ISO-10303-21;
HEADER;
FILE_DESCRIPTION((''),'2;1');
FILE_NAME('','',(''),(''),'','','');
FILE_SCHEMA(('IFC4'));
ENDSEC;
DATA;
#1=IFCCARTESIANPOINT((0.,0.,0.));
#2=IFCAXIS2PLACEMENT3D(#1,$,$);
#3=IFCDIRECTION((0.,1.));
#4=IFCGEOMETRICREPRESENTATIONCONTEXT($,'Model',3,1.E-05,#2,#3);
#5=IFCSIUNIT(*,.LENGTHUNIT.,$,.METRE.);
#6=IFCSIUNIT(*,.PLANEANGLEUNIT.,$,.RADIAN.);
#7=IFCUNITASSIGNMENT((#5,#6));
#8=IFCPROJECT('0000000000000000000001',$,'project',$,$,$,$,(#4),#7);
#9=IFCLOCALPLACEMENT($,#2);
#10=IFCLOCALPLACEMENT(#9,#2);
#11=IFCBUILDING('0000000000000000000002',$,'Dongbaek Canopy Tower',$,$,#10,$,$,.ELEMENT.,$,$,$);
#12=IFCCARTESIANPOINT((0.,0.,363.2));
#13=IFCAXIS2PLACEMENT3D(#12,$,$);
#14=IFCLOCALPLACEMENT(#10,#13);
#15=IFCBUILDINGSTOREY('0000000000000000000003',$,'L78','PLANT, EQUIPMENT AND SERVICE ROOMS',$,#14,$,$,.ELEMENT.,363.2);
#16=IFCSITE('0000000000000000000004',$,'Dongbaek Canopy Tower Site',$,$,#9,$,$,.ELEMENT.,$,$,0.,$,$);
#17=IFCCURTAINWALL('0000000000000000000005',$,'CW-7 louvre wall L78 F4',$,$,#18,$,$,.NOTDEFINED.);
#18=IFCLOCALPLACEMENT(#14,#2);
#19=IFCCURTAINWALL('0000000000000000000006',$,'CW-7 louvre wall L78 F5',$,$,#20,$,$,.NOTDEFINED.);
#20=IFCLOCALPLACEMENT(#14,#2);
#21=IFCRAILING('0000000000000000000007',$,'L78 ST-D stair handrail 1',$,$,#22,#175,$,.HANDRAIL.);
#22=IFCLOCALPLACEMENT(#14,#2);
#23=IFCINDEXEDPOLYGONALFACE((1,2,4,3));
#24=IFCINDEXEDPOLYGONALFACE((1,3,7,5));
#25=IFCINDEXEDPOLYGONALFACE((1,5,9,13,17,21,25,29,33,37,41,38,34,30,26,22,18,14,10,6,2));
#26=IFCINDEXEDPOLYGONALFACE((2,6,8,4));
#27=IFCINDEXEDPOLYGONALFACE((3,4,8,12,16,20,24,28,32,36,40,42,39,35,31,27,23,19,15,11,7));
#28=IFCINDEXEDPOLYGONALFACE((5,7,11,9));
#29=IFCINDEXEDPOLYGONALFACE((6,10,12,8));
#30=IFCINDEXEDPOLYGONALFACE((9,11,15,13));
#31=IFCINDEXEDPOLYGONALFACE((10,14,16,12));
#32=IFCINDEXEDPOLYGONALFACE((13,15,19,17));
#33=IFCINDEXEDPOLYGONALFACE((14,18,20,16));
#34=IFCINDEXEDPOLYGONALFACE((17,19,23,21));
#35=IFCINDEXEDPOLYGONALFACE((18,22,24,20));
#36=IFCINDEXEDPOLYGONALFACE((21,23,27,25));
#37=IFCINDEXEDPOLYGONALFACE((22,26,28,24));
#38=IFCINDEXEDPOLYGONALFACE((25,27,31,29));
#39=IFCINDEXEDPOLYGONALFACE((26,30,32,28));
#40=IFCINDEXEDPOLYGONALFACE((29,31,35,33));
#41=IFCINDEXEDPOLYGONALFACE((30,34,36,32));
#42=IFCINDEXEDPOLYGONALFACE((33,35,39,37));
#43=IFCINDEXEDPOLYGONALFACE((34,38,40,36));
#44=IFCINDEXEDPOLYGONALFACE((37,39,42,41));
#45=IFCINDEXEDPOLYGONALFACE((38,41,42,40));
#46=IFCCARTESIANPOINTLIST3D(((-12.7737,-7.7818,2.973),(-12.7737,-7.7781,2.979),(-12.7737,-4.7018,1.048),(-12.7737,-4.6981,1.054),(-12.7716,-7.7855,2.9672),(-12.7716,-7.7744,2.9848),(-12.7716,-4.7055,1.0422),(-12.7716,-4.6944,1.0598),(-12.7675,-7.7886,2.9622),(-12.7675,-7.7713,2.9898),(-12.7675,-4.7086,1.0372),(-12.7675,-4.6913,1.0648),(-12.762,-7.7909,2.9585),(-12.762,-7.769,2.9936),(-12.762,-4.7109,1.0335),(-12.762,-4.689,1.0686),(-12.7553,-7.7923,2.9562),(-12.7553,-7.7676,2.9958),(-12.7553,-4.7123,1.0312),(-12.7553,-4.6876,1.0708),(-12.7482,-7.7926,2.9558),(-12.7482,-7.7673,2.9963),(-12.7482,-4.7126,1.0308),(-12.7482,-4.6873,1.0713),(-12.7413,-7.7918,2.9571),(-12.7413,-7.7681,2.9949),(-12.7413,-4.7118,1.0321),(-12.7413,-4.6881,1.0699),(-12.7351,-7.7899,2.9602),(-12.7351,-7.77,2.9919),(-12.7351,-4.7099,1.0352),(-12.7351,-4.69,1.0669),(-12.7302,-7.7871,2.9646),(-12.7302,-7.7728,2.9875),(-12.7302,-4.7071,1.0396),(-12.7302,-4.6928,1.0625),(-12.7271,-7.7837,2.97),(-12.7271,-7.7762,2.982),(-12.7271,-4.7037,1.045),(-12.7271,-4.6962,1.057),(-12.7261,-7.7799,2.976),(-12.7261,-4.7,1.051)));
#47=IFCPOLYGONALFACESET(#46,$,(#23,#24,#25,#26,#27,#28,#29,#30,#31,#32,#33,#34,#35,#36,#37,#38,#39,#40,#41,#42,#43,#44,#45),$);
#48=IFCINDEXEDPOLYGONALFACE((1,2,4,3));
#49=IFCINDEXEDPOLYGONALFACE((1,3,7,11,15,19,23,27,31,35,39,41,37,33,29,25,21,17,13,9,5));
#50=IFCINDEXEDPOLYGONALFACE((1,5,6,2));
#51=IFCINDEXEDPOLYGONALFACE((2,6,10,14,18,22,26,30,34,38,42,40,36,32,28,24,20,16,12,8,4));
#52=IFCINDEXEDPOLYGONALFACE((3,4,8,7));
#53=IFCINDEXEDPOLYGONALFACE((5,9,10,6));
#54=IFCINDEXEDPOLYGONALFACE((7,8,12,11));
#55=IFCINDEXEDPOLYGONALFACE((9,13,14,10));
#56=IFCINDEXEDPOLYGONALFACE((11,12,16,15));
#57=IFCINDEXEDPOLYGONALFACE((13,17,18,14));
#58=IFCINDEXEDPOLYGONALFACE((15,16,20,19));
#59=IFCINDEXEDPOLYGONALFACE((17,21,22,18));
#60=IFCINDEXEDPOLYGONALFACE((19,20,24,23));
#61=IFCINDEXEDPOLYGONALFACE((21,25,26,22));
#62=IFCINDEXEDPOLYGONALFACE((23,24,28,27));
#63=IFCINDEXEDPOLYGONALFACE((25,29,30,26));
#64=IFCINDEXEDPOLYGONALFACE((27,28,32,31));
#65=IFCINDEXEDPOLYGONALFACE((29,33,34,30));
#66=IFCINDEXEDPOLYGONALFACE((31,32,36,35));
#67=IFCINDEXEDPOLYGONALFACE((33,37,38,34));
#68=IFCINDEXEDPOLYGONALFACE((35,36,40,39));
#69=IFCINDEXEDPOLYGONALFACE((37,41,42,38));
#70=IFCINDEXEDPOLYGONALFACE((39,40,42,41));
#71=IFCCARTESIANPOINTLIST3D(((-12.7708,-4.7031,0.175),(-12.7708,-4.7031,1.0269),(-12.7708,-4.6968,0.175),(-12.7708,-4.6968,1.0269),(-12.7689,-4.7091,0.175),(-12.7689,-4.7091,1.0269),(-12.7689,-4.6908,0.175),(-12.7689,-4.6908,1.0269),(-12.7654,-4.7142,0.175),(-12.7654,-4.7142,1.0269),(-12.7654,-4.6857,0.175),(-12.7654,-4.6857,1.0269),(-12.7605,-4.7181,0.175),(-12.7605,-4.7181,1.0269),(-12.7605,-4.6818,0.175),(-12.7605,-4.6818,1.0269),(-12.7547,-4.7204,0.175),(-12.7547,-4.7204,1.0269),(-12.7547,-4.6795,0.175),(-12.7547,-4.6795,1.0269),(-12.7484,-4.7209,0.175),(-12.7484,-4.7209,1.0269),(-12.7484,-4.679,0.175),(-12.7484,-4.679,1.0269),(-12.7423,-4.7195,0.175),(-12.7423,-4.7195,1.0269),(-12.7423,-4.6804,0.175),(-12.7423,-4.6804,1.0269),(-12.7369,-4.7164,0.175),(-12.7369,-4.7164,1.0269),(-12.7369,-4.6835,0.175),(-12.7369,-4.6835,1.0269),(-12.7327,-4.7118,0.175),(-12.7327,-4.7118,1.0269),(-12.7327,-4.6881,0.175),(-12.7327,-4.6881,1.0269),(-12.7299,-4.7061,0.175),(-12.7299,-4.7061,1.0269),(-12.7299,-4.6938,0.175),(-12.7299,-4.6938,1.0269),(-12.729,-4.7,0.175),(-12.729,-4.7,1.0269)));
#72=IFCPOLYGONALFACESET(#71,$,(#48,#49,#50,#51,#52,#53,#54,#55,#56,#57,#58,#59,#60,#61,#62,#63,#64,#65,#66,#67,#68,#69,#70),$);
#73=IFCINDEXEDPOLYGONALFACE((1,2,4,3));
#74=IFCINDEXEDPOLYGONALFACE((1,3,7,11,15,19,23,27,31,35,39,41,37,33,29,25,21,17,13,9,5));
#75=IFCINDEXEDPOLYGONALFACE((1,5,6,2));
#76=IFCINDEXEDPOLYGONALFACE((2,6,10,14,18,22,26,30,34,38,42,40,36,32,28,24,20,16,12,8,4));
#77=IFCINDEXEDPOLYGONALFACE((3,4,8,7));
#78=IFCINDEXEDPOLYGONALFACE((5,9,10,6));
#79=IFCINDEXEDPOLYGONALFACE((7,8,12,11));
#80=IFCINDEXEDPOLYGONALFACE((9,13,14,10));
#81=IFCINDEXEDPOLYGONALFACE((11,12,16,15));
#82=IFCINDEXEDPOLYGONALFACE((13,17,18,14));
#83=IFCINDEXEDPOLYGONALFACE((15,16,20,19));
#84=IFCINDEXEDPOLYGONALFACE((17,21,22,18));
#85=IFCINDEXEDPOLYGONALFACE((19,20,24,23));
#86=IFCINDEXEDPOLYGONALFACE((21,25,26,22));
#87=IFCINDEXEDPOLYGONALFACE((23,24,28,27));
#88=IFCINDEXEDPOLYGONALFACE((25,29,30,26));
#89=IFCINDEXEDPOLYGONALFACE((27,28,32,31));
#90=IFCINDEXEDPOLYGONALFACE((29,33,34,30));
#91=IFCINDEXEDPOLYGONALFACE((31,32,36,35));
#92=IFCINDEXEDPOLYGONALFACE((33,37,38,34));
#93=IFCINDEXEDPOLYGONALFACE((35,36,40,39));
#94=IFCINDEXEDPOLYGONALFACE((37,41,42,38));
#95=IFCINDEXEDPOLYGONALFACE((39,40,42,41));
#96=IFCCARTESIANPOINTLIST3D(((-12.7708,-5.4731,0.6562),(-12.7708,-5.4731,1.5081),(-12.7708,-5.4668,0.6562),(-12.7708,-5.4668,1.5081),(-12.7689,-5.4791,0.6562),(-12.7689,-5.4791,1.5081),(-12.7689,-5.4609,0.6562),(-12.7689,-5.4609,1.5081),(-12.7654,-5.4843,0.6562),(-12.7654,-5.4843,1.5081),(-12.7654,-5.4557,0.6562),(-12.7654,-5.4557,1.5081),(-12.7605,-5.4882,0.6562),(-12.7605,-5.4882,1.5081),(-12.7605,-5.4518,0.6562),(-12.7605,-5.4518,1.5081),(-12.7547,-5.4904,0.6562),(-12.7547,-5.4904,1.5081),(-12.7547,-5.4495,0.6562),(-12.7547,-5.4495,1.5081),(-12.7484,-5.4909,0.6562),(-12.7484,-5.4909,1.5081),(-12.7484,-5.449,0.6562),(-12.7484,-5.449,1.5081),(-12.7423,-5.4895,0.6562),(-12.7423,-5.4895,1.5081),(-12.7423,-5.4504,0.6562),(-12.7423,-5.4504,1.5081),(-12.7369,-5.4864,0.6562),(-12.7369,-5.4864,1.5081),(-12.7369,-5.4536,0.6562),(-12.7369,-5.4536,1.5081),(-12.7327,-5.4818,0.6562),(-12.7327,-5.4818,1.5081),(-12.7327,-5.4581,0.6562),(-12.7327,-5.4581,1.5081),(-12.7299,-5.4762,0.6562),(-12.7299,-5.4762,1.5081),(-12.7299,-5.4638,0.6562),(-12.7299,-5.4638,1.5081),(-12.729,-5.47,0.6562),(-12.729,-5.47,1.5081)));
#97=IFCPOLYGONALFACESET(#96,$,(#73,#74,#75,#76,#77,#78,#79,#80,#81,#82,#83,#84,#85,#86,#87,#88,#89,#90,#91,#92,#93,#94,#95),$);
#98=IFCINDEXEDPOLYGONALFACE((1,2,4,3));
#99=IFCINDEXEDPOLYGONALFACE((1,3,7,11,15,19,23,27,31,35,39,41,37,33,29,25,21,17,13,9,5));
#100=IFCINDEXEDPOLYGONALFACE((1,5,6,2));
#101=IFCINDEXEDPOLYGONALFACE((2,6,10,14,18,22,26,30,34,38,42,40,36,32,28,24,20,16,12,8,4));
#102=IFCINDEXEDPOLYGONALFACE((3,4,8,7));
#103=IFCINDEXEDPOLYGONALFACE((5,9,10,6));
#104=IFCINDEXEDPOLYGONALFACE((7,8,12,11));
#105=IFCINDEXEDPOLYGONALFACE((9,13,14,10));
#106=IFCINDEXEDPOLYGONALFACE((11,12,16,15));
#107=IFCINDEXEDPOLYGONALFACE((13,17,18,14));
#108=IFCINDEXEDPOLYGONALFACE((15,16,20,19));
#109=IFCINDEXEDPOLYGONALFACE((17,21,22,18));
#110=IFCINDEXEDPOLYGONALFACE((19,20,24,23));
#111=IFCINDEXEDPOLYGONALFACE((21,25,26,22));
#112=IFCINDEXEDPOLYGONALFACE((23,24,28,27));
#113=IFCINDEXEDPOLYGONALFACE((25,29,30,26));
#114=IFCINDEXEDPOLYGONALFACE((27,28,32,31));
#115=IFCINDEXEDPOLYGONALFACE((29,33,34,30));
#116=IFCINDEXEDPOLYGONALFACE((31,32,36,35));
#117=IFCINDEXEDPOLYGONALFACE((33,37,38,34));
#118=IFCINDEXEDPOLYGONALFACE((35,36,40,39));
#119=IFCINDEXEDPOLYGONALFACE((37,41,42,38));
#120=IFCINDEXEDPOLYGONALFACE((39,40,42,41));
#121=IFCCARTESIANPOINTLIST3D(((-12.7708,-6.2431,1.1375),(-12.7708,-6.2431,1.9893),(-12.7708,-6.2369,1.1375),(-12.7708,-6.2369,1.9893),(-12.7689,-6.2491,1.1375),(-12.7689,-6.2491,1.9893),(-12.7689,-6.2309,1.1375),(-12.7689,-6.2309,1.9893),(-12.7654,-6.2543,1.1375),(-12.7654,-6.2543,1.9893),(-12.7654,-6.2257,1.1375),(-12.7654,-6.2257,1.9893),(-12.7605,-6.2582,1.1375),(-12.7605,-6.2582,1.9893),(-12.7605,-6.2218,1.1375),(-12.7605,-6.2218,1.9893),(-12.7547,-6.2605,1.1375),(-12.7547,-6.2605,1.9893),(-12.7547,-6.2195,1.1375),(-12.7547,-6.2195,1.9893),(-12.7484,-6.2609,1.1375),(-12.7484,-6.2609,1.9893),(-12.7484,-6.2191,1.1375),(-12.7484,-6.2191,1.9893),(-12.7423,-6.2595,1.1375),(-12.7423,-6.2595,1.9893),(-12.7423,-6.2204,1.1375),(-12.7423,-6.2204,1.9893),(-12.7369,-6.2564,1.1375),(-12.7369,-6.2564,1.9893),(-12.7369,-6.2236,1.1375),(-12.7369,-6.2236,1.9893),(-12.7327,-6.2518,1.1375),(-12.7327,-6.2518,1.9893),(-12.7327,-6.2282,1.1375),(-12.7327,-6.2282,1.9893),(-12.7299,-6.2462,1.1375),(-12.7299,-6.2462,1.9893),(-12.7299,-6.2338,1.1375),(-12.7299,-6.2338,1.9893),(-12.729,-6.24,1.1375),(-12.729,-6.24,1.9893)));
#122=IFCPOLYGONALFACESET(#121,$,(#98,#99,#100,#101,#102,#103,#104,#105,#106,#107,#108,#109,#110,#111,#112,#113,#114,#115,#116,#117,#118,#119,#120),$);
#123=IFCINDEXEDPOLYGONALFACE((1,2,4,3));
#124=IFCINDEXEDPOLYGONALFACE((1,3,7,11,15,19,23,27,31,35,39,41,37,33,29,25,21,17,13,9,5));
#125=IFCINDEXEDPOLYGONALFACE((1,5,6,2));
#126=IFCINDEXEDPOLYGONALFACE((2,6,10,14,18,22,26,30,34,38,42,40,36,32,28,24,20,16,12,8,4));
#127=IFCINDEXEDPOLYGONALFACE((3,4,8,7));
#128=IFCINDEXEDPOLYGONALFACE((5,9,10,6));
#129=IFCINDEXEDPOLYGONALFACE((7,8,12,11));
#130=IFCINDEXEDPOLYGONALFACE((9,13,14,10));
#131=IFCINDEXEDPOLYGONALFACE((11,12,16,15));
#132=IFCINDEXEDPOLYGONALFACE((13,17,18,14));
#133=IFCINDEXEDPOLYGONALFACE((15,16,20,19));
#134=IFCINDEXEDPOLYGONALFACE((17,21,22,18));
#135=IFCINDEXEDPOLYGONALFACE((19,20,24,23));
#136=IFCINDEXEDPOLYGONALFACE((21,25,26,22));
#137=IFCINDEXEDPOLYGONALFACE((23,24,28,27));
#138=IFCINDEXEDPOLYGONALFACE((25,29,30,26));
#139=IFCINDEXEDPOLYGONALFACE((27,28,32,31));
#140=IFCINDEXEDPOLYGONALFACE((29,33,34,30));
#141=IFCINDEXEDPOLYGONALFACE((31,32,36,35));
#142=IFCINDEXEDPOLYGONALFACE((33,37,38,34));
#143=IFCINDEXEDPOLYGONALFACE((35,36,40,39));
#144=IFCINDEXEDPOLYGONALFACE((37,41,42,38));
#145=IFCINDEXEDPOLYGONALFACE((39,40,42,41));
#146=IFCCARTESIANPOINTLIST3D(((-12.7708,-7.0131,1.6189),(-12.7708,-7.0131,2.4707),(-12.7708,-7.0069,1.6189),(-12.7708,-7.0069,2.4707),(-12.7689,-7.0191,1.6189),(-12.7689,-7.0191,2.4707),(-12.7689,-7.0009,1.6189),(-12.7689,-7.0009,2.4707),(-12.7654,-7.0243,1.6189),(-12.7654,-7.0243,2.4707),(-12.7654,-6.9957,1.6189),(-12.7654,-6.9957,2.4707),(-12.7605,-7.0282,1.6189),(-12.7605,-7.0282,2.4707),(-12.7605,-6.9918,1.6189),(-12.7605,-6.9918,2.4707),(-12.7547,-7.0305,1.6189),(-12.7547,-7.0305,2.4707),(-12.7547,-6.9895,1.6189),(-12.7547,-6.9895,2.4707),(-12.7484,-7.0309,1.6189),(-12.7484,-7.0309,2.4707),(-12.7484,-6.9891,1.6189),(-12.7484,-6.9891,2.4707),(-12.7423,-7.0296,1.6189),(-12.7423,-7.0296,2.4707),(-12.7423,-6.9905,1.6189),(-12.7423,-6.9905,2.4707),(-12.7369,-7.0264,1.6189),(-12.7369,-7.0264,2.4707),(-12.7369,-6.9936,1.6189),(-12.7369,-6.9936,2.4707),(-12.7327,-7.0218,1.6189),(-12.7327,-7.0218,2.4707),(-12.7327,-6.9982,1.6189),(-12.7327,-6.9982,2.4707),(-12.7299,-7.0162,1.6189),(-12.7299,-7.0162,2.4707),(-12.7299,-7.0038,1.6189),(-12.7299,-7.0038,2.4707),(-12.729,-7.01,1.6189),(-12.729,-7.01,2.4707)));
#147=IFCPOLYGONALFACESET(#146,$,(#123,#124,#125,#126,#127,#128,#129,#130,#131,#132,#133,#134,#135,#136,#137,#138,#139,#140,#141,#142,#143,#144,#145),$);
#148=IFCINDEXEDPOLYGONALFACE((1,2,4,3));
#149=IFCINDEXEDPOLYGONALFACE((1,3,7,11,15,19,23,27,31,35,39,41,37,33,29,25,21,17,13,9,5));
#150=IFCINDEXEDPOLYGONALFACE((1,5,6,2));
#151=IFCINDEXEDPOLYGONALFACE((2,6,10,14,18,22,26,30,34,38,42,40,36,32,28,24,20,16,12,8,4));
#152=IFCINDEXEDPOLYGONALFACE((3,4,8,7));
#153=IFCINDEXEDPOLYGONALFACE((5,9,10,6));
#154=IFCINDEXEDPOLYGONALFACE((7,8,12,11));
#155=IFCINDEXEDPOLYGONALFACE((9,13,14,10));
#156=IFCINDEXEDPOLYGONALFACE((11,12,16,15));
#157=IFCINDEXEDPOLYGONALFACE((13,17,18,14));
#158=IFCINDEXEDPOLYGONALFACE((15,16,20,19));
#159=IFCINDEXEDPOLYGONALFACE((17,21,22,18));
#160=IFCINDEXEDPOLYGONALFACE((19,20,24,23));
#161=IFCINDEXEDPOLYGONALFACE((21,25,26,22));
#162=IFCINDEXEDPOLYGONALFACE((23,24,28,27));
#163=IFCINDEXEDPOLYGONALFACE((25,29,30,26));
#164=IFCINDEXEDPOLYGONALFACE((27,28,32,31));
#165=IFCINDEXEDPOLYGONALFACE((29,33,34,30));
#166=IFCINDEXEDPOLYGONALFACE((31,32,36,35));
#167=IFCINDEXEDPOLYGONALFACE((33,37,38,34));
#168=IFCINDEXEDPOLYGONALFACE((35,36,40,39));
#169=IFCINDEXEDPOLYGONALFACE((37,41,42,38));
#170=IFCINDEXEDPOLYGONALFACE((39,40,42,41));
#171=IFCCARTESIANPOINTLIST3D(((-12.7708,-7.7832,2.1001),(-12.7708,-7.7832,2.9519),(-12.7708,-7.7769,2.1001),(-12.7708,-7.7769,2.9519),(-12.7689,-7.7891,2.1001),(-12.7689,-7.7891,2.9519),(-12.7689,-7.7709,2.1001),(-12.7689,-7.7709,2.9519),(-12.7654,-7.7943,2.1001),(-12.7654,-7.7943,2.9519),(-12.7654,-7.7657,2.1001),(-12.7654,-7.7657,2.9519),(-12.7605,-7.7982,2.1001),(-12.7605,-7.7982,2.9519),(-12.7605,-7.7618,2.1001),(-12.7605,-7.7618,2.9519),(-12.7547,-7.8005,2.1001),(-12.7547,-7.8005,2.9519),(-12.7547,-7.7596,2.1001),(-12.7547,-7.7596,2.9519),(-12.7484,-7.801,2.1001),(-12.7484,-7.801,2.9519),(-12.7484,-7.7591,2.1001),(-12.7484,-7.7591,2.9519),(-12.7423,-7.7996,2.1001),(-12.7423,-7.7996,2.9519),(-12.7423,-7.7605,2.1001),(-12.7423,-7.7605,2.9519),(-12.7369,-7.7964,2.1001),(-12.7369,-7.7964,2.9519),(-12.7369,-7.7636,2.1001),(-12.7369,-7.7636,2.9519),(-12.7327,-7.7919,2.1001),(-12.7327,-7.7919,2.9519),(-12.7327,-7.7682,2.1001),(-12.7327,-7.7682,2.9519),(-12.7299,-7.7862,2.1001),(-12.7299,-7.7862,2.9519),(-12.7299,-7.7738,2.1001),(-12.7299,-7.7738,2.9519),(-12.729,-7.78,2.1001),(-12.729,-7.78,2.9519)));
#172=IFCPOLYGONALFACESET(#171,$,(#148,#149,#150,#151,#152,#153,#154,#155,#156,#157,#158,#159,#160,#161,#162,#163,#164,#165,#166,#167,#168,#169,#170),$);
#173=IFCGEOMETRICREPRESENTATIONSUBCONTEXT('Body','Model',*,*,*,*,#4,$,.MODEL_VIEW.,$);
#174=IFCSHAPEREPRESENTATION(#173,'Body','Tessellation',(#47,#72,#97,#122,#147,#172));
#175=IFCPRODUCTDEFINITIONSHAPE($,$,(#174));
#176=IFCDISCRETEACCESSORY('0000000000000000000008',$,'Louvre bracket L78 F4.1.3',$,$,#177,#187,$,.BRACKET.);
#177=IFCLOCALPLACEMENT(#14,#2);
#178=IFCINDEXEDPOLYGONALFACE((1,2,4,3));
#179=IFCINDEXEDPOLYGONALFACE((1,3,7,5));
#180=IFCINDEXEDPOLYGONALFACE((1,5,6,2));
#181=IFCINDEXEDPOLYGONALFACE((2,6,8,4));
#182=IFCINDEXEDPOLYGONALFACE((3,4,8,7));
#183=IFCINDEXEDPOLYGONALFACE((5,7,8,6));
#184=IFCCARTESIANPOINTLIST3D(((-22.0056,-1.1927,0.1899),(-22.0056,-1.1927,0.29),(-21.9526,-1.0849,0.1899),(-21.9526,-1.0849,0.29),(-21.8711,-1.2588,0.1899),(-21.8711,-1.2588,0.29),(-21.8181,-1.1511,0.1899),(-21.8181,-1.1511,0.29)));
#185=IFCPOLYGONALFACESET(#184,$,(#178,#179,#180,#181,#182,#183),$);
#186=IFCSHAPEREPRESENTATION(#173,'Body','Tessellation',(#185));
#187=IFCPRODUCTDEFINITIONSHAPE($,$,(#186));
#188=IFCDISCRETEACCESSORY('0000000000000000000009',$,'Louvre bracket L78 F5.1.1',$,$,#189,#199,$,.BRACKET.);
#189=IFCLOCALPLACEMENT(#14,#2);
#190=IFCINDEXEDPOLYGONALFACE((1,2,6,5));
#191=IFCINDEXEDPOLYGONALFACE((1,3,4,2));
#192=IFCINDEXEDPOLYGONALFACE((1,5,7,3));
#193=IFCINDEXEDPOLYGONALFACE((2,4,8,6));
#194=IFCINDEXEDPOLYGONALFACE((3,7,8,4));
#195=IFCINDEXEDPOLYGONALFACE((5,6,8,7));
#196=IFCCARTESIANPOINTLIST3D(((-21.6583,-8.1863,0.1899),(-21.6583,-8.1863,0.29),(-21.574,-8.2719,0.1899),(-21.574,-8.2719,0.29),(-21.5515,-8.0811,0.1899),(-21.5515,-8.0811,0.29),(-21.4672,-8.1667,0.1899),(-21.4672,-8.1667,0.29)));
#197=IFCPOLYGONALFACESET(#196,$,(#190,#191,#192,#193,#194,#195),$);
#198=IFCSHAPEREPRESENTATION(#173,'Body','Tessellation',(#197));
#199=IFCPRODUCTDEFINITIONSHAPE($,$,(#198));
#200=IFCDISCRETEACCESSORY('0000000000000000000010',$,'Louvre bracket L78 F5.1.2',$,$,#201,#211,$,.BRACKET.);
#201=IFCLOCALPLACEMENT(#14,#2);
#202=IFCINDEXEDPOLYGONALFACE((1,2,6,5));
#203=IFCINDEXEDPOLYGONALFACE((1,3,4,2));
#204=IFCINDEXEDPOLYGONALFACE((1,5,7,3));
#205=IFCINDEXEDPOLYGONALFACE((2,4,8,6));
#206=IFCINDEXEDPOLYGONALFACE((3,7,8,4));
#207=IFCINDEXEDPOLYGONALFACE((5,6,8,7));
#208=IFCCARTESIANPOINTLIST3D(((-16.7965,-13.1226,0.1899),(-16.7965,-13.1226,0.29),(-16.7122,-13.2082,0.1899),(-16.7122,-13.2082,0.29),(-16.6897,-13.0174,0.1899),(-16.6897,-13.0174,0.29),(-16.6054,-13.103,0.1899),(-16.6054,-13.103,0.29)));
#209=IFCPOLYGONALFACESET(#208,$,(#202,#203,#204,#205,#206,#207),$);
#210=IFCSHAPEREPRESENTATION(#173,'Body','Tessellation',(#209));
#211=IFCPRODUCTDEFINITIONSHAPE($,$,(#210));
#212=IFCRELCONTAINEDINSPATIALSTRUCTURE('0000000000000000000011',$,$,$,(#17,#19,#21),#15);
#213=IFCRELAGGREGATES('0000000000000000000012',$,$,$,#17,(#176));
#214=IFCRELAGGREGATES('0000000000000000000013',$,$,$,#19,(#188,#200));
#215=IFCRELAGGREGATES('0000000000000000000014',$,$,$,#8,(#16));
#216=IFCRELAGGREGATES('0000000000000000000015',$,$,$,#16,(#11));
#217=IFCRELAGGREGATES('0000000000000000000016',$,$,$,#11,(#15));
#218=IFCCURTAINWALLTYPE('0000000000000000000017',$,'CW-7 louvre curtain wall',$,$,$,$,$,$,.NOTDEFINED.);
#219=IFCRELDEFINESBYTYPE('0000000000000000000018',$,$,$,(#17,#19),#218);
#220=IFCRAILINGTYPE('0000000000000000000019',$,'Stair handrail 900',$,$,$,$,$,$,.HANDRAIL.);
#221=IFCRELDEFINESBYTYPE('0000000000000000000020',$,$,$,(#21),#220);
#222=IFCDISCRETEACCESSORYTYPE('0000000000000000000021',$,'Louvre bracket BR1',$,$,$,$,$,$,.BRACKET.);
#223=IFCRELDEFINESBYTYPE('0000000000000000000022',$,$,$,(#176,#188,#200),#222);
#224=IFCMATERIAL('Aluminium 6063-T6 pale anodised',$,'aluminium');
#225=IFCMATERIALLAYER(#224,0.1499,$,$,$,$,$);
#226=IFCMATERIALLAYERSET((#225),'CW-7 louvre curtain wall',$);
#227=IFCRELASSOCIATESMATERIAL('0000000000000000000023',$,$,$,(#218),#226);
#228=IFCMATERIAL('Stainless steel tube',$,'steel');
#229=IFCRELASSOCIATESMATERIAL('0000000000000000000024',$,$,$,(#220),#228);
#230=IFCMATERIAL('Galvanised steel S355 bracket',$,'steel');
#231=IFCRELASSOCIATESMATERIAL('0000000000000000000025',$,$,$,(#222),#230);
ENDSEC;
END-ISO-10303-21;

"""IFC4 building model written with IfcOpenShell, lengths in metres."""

from ifc_helpers import new_model, si_unit, direction, frame, origin, origin_2d, place, context, subcontext, project, spatial, rectangle, circle, extrude, material, layer, layer_set, type_object, element, aggregate, save


model = new_model("IFC4")

# Units and contexts
model_context = context("Model", 3, precision=1e-05, world=origin(), true_north=direction((0.0, 1.0)))
body_context = subcontext(model_context, "Body", "Model", "MODEL_VIEW")
ifc_project = project(units=[si_unit("LENGTHUNIT", "METRE"), si_unit("PLANEANGLEUNIT", "RADIAN")], contexts=[model_context])

# Site, building, storey
site_placement = place(None, origin())
site = spatial("IfcSite", under=ifc_project, at=site_placement, Name="Dongbaek Canopy Tower Site", CompositionType="ELEMENT", RefElevation=0.0)
building_placement = place(site_placement, origin())
building = spatial("IfcBuilding", under=site, at=building_placement, Name="Dongbaek Canopy Tower", CompositionType="ELEMENT")
storey_placement = place(building_placement, frame((0.0, 0.0, 363.2)))
storey = spatial("IfcBuildingStorey", under=building, at=storey_placement, Name="L78", Description="PLANT, EQUIPMENT AND SERVICE ROOMS", CompositionType="ELEMENT", Elevation=363.2)

# Curtain wall
ifc_material_1 = material(Name="Aluminium 6063-T6 pale anodised", Category="aluminium")
ifc_layer_1 = layer(ifc_material_1, 0.1499)
ifc_layer_set_1 = layer_set([ifc_layer_1], Name="CW-7 louvre curtain wall")
curtain_wall_type = type_object("IfcCurtainWallType", Name="CW-7 louvre curtain wall", PredefinedType="NOTDEFINED", material=ifc_layer_set_1)
curtain_wall_1_placement = place(storey_placement, origin())
curtain_wall_1 = element("IfcCurtainWall", 1, at=curtain_wall_1_placement, inside=storey, type_object=curtain_wall_type, Name="CW-7 louvre wall L78 F4", PredefinedType="NOTDEFINED")

# Curtain wall
curtain_wall_2_placement = place(storey_placement, origin())
curtain_wall_2 = element("IfcCurtainWall", 2, at=curtain_wall_2_placement, inside=storey, type_object=curtain_wall_type, Name="CW-7 louvre wall L78 F5", PredefinedType="NOTDEFINED")

# Railing
ifc_material_2 = material(Name="Stainless steel tube", Category="steel")
railing_type_1 = type_object("IfcRailingType", Name="Stair handrail 900", PredefinedType="HANDRAIL", material=ifc_material_2)
railing_1_placement = place(storey_placement, frame((-12.75, -4.7, 0.175)))
element("IfcRailing", 3, at=railing_1_placement, inside=storey, type_object=railing_type_1, Name="L78 ST-D stair handrail 1", PredefinedType="HANDRAIL", context=body_context, shape_type="SweptSolid", body=[
    extrude(circle(Radius=0.0239, at=origin_2d()), frame((0.0, 0.0, 0.876), z_axis=(0.0, -0.847998, 0.529999), x_axis=(1.0, 0.0, 0.0)), (0.0, 0.0, 1.0), 3.6321),
    extrude(circle(Radius=0.021, at=origin_2d()), origin(), (0.0, 0.0, 1.0), 0.8518),
    extrude(circle(Radius=0.021, at=origin_2d()), frame((0.0, -0.77, 0.4812)), (0.0, 0.0, 1.0), 0.8518),
    extrude(circle(Radius=0.021, at=origin_2d()), frame((0.0, -1.54, 0.9624)), (0.0, 0.0, 1.0), 0.8518),
    extrude(circle(Radius=0.021, at=origin_2d()), frame((0.0, -2.3101, 1.4438)), (0.0, 0.0, 1.0), 0.8518),
    extrude(circle(Radius=0.021, at=origin_2d()), frame((0.0, -3.0801, 1.925)), (0.0, 0.0, 1.0), 0.8518),
])

# Discrete accessories
ifc_material_3 = material(Name="Galvanised steel S355 bracket", Category="steel")
discrete_accessory_type = type_object("IfcDiscreteAccessoryType", Name="Louvre bracket BR1", PredefinedType="BRACKET", material=ifc_material_3)
discrete_accessory_1_placement = place(storey_placement, frame((-21.9119, -1.1719, 0.1899), z_axis=(0.0, 0.0, 1.0), x_axis=(-0.441342, -0.897339, 0.0)))
discrete_accessory_1 = element("IfcDiscreteAccessory", 4, at=discrete_accessory_1_placement, type_object=discrete_accessory_type, Name="Louvre bracket L78 F4.1.3", PredefinedType="BRACKET", context=body_context, shape_type="SweptSolid", body=[
    extrude(rectangle(XDim=0.1201, YDim=0.1499, at=origin_2d()), origin(), (0.0, 0.0, 1.0), 0.1001),
])
aggregate(curtain_wall_1, [discrete_accessory_1])
discrete_accessory_2_placement = place(storey_placement, frame((-21.5627, -8.1765, 0.1899), z_axis=(0.0, 0.0, 1.0), x_axis=(0.701718, -0.712455, 0.0)))
discrete_accessory_2 = element("IfcDiscreteAccessory", 5, at=discrete_accessory_2_placement, type_object=discrete_accessory_type, Name="Louvre bracket L78 F5.1.1", PredefinedType="BRACKET", context=body_context, shape_type="SweptSolid", body=[
    extrude(rectangle(XDim=0.1201, YDim=0.1499, at=origin_2d()), origin(), (0.0, 0.0, 1.0), 0.1001),
])
discrete_accessory_3_placement = place(storey_placement, frame((-16.7009, -13.1128, 0.1899), z_axis=(0.0, 0.0, 1.0), x_axis=(0.701718, -0.712455, 0.0)))
discrete_accessory_3 = element("IfcDiscreteAccessory", 6, at=discrete_accessory_3_placement, type_object=discrete_accessory_type, Name="Louvre bracket L78 F5.1.2", PredefinedType="BRACKET", context=body_context, shape_type="SweptSolid", body=[
    extrude(rectangle(XDim=0.1201, YDim=0.1499, at=origin_2d()), origin(), (0.0, 0.0, 1.0), 0.1001),
])
aggregate(curtain_wall_2, [discrete_accessory_2, discrete_accessory_3])

save(model, "model.ifc")
